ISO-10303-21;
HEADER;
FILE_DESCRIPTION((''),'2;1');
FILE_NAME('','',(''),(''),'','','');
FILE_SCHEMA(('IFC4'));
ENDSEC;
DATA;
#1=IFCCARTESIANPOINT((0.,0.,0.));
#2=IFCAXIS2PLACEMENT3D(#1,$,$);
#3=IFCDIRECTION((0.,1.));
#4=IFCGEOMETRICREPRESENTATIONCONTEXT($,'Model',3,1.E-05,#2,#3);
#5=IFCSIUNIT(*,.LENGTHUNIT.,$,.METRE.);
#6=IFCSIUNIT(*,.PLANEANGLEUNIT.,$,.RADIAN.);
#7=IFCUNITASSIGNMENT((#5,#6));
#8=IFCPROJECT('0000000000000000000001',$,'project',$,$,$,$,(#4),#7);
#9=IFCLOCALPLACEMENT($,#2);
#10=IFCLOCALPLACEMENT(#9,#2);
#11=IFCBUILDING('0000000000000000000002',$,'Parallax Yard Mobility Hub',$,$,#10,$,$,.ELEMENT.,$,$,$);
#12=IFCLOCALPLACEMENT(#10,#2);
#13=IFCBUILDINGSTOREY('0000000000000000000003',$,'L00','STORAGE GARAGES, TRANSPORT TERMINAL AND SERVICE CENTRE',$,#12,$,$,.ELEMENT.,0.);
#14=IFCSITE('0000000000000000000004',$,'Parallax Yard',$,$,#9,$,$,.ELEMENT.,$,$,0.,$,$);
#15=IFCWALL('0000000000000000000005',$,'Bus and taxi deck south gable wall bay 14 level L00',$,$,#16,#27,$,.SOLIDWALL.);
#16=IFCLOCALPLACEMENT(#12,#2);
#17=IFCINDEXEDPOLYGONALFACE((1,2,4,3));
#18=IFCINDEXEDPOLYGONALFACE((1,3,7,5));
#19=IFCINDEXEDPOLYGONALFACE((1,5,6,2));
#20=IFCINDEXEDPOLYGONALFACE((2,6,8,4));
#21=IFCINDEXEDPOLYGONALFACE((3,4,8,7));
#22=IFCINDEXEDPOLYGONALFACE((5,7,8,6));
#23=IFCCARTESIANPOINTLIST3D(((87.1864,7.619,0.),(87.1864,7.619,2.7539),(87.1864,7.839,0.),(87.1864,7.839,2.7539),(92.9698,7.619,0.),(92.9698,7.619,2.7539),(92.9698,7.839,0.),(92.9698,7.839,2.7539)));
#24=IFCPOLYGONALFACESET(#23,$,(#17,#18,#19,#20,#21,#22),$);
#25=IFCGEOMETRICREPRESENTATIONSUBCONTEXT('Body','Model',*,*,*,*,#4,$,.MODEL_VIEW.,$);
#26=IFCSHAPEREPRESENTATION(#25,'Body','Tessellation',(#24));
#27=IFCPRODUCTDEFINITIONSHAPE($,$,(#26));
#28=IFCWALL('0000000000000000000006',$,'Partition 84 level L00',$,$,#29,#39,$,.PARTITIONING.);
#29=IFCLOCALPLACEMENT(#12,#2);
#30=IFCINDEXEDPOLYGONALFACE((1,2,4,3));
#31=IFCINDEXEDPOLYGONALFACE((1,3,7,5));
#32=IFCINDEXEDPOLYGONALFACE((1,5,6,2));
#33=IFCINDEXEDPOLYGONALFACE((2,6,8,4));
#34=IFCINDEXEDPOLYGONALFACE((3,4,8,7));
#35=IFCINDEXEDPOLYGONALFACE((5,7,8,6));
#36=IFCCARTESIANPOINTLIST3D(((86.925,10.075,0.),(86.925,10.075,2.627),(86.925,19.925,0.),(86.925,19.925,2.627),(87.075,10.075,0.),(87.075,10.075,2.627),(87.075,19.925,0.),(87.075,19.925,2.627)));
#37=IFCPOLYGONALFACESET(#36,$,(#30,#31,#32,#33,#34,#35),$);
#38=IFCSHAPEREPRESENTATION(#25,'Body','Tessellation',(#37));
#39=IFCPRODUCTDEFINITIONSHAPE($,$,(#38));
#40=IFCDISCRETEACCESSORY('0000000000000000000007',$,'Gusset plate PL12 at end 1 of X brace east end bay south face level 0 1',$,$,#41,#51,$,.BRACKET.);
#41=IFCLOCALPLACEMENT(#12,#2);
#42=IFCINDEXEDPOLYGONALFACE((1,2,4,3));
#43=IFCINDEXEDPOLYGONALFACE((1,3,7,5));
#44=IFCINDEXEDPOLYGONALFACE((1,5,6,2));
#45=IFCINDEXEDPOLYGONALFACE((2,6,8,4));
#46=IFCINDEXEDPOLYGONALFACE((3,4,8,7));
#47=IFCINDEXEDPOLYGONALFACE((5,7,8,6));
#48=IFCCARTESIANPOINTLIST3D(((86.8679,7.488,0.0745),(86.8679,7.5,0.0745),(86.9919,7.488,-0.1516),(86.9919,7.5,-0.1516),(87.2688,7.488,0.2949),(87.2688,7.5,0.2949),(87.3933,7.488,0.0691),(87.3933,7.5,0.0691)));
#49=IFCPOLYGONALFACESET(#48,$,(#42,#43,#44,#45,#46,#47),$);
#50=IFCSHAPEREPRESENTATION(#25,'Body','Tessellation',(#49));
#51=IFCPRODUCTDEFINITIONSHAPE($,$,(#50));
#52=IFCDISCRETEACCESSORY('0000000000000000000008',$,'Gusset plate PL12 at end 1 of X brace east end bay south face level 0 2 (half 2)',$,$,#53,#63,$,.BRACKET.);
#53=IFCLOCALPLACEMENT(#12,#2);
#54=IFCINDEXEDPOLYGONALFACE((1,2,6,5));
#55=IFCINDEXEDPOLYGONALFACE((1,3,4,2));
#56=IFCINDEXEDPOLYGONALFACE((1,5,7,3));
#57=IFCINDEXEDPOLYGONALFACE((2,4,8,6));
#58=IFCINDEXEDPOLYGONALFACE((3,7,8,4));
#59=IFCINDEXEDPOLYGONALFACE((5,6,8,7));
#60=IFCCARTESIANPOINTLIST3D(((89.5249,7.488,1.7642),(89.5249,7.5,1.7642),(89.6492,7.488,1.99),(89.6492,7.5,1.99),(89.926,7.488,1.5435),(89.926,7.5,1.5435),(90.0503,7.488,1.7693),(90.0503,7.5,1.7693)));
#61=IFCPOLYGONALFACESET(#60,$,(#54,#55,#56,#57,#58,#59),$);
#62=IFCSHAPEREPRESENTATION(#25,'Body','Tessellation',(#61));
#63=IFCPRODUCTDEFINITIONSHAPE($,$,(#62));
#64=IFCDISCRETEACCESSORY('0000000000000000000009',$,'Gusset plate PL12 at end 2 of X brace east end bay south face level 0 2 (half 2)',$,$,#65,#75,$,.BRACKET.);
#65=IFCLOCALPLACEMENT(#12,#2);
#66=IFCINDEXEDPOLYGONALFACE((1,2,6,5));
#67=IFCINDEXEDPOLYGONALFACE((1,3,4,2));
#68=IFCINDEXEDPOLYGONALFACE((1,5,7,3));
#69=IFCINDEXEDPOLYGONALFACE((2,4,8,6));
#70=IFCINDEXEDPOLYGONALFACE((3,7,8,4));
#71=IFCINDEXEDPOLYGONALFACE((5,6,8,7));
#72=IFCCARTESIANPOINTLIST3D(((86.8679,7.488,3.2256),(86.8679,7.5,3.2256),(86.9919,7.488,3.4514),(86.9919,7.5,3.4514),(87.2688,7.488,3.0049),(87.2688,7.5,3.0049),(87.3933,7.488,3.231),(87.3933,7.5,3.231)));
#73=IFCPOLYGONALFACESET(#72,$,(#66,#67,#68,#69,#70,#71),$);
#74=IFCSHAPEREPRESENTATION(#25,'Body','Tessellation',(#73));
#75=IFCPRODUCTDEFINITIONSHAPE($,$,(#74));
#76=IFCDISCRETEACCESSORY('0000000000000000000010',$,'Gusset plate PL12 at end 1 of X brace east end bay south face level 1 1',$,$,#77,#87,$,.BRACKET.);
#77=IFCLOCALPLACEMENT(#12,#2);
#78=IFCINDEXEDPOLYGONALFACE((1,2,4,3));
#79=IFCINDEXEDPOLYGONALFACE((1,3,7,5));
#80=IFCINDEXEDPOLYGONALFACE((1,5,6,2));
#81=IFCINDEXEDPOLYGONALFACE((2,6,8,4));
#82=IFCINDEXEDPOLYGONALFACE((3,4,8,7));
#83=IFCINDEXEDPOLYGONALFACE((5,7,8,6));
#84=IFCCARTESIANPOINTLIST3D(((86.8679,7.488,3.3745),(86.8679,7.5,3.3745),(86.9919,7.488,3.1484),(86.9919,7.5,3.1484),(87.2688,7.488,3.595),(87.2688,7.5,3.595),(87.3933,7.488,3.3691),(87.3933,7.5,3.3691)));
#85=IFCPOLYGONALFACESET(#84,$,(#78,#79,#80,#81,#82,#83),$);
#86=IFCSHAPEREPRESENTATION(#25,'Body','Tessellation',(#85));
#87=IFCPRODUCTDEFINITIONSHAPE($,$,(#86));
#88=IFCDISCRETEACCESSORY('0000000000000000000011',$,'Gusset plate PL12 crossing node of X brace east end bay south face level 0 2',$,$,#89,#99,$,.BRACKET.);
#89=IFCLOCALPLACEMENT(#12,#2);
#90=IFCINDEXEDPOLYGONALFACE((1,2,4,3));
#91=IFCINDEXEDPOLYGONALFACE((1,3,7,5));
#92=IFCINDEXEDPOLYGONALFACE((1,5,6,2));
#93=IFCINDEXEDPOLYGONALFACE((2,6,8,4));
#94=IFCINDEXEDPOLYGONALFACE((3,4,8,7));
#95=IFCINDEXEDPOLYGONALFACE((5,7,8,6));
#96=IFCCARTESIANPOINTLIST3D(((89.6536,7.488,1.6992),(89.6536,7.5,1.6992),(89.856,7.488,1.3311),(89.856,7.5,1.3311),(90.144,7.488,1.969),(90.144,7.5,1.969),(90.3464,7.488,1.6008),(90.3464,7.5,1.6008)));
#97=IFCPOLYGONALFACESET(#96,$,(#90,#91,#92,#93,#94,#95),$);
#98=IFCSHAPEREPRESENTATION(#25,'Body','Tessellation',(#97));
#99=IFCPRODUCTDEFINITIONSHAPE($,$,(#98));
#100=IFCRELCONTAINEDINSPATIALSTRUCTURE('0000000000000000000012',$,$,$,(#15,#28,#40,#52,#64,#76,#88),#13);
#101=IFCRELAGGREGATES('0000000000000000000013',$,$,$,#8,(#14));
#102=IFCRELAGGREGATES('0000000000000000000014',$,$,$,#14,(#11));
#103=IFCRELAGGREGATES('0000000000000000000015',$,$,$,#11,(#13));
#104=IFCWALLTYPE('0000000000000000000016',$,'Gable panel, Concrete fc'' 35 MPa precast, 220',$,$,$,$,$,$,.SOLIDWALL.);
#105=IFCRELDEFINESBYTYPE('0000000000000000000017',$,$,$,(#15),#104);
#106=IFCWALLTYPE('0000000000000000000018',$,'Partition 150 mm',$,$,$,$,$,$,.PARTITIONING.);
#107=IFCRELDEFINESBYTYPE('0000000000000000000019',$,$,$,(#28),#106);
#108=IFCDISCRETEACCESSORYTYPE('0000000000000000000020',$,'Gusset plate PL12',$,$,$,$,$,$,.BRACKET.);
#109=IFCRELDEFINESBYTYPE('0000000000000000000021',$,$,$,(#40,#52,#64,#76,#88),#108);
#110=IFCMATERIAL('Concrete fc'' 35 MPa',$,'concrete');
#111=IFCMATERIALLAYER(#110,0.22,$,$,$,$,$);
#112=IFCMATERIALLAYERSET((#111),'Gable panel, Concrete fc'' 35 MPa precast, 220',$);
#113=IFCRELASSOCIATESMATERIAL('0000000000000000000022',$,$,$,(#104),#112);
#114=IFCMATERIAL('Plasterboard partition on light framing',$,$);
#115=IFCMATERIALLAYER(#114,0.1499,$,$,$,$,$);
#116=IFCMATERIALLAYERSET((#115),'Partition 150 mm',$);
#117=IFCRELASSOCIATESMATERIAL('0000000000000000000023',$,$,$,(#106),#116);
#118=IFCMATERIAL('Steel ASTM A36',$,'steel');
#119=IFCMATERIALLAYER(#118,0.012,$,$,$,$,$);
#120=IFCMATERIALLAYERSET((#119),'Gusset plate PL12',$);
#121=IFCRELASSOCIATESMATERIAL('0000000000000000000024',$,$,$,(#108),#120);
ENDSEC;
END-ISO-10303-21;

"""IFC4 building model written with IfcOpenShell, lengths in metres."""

from ifc_helpers import new_model, si_unit, direction, frame, frame_2d, origin, place, context, subcontext, project, spatial, polyline, rectangle, outline, extrude, material, layer, layer_set, type_object, element, save


model = new_model("IFC4")

# Units and contexts
model_context = context("Model", 3, precision=1e-05, world=origin(), true_north=direction((0.0, 1.0)))
body_context = subcontext(model_context, "Body", "Model", "MODEL_VIEW")
ifc_project = project(units=[si_unit("LENGTHUNIT", "METRE"), si_unit("PLANEANGLEUNIT", "RADIAN")], contexts=[model_context])

# Site, building, storey
site_placement = place(None, origin())
site = spatial("IfcSite", under=ifc_project, at=site_placement, Name="Parallax Yard", CompositionType="ELEMENT", RefElevation=0.0)
building_placement = place(site_placement, origin())
building = spatial("IfcBuilding", under=site, at=building_placement, Name="Parallax Yard Mobility Hub", CompositionType="ELEMENT")
storey_placement = place(building_placement, origin())
storey = spatial("IfcBuildingStorey", under=building, at=storey_placement, Name="L00", Description="STORAGE GARAGES, TRANSPORT TERMINAL AND SERVICE CENTRE", CompositionType="ELEMENT", Elevation=0.0)

# Walls
ifc_material_1 = material(Name="Concrete fc' 35 MPa", Category="concrete")
ifc_layer_1 = layer(ifc_material_1, 0.22)
ifc_layer_set_1 = layer_set([ifc_layer_1], Name="Gable panel, Concrete fc' 35 MPa precast, 220")
wall_type_1 = type_object("IfcWallType", Name="Gable panel, Concrete fc' 35 MPa precast, 220", PredefinedType="SOLIDWALL", material=ifc_layer_set_1)
wall_1_placement = place(storey_placement, frame((87.1865, 7.729, 0.0), z_axis=(0.0, 0.0, 1.0), x_axis=(1.0, 0.0, 0.0)))
element("IfcWall", 1, at=wall_1_placement, inside=storey, type_object=wall_type_1, Name="Bus and taxi deck south gable wall bay 14 level L00", PredefinedType="SOLIDWALL", context=body_context, shape_type="SweptSolid", body=[
    extrude(rectangle(XDim=5.7834, YDim=0.22, at=frame_2d((2.8916, 0.0))), origin(), (0.0, 0.0, 1.0), 2.7539),
])
ifc_material_2 = material(Name="Plasterboard partition on light framing")
ifc_layer_2 = layer(ifc_material_2, 0.1499)
ifc_layer_set_2 = layer_set([ifc_layer_2], Name="Partition 150 mm")
wall_type_2 = type_object("IfcWallType", Name="Partition 150 mm", PredefinedType="PARTITIONING", material=ifc_layer_set_2)
wall_2_placement = place(storey_placement, frame((87.0, 10.075, 0.0), z_axis=(0.0, 0.0, 1.0), x_axis=(0.0, 1.0, 0.0)))
element("IfcWall", 2, at=wall_2_placement, inside=storey, type_object=wall_type_2, Name="Partition 84 level L00", PredefinedType="PARTITIONING", context=body_context, shape_type="SweptSolid", body=[
    extrude(rectangle(XDim=9.8501, YDim=0.1499, at=frame_2d((4.925, 0.0))), origin(), (0.0, 0.0, 1.0), 2.627),
])

# Discrete accessories
ifc_material_3 = material(Name="Steel ASTM A36", Category="steel")
ifc_layer_3 = layer(ifc_material_3, 0.012)
ifc_layer_set_3 = layer_set([ifc_layer_3], Name="Gusset plate PL12")
discrete_accessory_type = type_object("IfcDiscreteAccessoryType", Name="Gusset plate PL12", PredefinedType="BRACKET", material=ifc_layer_set_3)
discrete_accessory_1_placement = place(storey_placement, frame((87.3933, 7.5, 0.0691), z_axis=(0.0, 1.0, 0.0), x_axis=(-0.876261, 0.0, -0.481837)))
element("IfcDiscreteAccessory", 3, at=discrete_accessory_1_placement, inside=storey, type_object=discrete_accessory_type, Name="Gusset plate PL12 at end 1 of X brace east end bay south face level 0 1", PredefinedType="BRACKET", context=body_context, shape_type="SweptSolid", body=[
    extrude(outline(polyline([(0.0, 0.0), (0.458, 0.0), (0.4578, 0.2579), (0.0003, 0.2579), (0.0, 0.0)])), origin(), (0.0, 0.0, -1.0), 0.012),
])
discrete_accessory_2_placement = place(storey_placement, frame((89.6492, 7.5, 1.99), z_axis=(0.0, 1.0, 0.0), x_axis=(0.876137, 0.0, -0.482062)))
element("IfcDiscreteAccessory", 4, at=discrete_accessory_2_placement, inside=storey, type_object=discrete_accessory_type, Name="Gusset plate PL12 at end 1 of X brace east end bay south face level 0 2 (half 2)", PredefinedType="BRACKET", context=body_context, shape_type="SweptSolid", body=[
    extrude(outline(polyline([(0.0, 0.0), (0.4578, 0.0), (0.4578, 0.2578), (0.0, 0.2578), (0.0, 0.0)])), origin(), (0.0, 0.0, -1.0), 0.012),
])
discrete_accessory_3_placement = place(storey_placement, frame((87.2688, 7.5, 3.0049), z_axis=(0.0, 1.0, 0.0), x_axis=(-0.876013, 0.0, 0.482287)))
element("IfcDiscreteAccessory", 5, at=discrete_accessory_3_placement, inside=storey, type_object=discrete_accessory_type, Name="Gusset plate PL12 at end 2 of X brace east end bay south face level 0 2 (half 2)", PredefinedType="BRACKET", context=body_context, shape_type="SweptSolid", body=[
    extrude(outline(polyline([(0.0, 0.0), (0.4576, 0.0), (0.4579, 0.2576), (0.0, 0.2581), (0.0, 0.0)])), origin(), (0.0, 0.0, -1.0), 0.012),
])
discrete_accessory_4_placement = place(storey_placement, frame((87.3933, 7.5, 3.3691), z_axis=(0.0, 1.0, 0.0), x_axis=(-0.876261, 0.0, -0.481837)))
element("IfcDiscreteAccessory", 6, at=discrete_accessory_4_placement, inside=storey, type_object=discrete_accessory_type, Name="Gusset plate PL12 at end 1 of X brace east end bay south face level 1 1", PredefinedType="BRACKET", context=body_context, shape_type="SweptSolid", body=[
    extrude(outline(polyline([(0.0, 0.0), (0.458, 0.0), (0.4578, 0.2579), (0.0003, 0.2579), (0.0, 0.0)])), origin(), (0.0, 0.0, -1.0), 0.012),
])
discrete_accessory_5_placement = place(storey_placement, frame((89.6536, 7.5, 1.6992), z_axis=(0.0, 1.0, 0.0), x_axis=(0.876207, 0.0, 0.481935)))
element("IfcDiscreteAccessory", 7, at=discrete_accessory_5_placement, inside=storey, type_object=discrete_accessory_type, Name="Gusset plate PL12 crossing node of X brace east end bay south face level 0 2", PredefinedType="BRACKET", context=body_context, shape_type="SweptSolid", body=[
    extrude(outline(polyline([(0.0, 0.0), (0.5598, 0.0), (0.5597, 0.4201), (-0.0001, 0.4201), (0.0, 0.0)])), origin(), (0.0, 0.0, -1.0), 0.012),
])

save(model, "model.ifc")
